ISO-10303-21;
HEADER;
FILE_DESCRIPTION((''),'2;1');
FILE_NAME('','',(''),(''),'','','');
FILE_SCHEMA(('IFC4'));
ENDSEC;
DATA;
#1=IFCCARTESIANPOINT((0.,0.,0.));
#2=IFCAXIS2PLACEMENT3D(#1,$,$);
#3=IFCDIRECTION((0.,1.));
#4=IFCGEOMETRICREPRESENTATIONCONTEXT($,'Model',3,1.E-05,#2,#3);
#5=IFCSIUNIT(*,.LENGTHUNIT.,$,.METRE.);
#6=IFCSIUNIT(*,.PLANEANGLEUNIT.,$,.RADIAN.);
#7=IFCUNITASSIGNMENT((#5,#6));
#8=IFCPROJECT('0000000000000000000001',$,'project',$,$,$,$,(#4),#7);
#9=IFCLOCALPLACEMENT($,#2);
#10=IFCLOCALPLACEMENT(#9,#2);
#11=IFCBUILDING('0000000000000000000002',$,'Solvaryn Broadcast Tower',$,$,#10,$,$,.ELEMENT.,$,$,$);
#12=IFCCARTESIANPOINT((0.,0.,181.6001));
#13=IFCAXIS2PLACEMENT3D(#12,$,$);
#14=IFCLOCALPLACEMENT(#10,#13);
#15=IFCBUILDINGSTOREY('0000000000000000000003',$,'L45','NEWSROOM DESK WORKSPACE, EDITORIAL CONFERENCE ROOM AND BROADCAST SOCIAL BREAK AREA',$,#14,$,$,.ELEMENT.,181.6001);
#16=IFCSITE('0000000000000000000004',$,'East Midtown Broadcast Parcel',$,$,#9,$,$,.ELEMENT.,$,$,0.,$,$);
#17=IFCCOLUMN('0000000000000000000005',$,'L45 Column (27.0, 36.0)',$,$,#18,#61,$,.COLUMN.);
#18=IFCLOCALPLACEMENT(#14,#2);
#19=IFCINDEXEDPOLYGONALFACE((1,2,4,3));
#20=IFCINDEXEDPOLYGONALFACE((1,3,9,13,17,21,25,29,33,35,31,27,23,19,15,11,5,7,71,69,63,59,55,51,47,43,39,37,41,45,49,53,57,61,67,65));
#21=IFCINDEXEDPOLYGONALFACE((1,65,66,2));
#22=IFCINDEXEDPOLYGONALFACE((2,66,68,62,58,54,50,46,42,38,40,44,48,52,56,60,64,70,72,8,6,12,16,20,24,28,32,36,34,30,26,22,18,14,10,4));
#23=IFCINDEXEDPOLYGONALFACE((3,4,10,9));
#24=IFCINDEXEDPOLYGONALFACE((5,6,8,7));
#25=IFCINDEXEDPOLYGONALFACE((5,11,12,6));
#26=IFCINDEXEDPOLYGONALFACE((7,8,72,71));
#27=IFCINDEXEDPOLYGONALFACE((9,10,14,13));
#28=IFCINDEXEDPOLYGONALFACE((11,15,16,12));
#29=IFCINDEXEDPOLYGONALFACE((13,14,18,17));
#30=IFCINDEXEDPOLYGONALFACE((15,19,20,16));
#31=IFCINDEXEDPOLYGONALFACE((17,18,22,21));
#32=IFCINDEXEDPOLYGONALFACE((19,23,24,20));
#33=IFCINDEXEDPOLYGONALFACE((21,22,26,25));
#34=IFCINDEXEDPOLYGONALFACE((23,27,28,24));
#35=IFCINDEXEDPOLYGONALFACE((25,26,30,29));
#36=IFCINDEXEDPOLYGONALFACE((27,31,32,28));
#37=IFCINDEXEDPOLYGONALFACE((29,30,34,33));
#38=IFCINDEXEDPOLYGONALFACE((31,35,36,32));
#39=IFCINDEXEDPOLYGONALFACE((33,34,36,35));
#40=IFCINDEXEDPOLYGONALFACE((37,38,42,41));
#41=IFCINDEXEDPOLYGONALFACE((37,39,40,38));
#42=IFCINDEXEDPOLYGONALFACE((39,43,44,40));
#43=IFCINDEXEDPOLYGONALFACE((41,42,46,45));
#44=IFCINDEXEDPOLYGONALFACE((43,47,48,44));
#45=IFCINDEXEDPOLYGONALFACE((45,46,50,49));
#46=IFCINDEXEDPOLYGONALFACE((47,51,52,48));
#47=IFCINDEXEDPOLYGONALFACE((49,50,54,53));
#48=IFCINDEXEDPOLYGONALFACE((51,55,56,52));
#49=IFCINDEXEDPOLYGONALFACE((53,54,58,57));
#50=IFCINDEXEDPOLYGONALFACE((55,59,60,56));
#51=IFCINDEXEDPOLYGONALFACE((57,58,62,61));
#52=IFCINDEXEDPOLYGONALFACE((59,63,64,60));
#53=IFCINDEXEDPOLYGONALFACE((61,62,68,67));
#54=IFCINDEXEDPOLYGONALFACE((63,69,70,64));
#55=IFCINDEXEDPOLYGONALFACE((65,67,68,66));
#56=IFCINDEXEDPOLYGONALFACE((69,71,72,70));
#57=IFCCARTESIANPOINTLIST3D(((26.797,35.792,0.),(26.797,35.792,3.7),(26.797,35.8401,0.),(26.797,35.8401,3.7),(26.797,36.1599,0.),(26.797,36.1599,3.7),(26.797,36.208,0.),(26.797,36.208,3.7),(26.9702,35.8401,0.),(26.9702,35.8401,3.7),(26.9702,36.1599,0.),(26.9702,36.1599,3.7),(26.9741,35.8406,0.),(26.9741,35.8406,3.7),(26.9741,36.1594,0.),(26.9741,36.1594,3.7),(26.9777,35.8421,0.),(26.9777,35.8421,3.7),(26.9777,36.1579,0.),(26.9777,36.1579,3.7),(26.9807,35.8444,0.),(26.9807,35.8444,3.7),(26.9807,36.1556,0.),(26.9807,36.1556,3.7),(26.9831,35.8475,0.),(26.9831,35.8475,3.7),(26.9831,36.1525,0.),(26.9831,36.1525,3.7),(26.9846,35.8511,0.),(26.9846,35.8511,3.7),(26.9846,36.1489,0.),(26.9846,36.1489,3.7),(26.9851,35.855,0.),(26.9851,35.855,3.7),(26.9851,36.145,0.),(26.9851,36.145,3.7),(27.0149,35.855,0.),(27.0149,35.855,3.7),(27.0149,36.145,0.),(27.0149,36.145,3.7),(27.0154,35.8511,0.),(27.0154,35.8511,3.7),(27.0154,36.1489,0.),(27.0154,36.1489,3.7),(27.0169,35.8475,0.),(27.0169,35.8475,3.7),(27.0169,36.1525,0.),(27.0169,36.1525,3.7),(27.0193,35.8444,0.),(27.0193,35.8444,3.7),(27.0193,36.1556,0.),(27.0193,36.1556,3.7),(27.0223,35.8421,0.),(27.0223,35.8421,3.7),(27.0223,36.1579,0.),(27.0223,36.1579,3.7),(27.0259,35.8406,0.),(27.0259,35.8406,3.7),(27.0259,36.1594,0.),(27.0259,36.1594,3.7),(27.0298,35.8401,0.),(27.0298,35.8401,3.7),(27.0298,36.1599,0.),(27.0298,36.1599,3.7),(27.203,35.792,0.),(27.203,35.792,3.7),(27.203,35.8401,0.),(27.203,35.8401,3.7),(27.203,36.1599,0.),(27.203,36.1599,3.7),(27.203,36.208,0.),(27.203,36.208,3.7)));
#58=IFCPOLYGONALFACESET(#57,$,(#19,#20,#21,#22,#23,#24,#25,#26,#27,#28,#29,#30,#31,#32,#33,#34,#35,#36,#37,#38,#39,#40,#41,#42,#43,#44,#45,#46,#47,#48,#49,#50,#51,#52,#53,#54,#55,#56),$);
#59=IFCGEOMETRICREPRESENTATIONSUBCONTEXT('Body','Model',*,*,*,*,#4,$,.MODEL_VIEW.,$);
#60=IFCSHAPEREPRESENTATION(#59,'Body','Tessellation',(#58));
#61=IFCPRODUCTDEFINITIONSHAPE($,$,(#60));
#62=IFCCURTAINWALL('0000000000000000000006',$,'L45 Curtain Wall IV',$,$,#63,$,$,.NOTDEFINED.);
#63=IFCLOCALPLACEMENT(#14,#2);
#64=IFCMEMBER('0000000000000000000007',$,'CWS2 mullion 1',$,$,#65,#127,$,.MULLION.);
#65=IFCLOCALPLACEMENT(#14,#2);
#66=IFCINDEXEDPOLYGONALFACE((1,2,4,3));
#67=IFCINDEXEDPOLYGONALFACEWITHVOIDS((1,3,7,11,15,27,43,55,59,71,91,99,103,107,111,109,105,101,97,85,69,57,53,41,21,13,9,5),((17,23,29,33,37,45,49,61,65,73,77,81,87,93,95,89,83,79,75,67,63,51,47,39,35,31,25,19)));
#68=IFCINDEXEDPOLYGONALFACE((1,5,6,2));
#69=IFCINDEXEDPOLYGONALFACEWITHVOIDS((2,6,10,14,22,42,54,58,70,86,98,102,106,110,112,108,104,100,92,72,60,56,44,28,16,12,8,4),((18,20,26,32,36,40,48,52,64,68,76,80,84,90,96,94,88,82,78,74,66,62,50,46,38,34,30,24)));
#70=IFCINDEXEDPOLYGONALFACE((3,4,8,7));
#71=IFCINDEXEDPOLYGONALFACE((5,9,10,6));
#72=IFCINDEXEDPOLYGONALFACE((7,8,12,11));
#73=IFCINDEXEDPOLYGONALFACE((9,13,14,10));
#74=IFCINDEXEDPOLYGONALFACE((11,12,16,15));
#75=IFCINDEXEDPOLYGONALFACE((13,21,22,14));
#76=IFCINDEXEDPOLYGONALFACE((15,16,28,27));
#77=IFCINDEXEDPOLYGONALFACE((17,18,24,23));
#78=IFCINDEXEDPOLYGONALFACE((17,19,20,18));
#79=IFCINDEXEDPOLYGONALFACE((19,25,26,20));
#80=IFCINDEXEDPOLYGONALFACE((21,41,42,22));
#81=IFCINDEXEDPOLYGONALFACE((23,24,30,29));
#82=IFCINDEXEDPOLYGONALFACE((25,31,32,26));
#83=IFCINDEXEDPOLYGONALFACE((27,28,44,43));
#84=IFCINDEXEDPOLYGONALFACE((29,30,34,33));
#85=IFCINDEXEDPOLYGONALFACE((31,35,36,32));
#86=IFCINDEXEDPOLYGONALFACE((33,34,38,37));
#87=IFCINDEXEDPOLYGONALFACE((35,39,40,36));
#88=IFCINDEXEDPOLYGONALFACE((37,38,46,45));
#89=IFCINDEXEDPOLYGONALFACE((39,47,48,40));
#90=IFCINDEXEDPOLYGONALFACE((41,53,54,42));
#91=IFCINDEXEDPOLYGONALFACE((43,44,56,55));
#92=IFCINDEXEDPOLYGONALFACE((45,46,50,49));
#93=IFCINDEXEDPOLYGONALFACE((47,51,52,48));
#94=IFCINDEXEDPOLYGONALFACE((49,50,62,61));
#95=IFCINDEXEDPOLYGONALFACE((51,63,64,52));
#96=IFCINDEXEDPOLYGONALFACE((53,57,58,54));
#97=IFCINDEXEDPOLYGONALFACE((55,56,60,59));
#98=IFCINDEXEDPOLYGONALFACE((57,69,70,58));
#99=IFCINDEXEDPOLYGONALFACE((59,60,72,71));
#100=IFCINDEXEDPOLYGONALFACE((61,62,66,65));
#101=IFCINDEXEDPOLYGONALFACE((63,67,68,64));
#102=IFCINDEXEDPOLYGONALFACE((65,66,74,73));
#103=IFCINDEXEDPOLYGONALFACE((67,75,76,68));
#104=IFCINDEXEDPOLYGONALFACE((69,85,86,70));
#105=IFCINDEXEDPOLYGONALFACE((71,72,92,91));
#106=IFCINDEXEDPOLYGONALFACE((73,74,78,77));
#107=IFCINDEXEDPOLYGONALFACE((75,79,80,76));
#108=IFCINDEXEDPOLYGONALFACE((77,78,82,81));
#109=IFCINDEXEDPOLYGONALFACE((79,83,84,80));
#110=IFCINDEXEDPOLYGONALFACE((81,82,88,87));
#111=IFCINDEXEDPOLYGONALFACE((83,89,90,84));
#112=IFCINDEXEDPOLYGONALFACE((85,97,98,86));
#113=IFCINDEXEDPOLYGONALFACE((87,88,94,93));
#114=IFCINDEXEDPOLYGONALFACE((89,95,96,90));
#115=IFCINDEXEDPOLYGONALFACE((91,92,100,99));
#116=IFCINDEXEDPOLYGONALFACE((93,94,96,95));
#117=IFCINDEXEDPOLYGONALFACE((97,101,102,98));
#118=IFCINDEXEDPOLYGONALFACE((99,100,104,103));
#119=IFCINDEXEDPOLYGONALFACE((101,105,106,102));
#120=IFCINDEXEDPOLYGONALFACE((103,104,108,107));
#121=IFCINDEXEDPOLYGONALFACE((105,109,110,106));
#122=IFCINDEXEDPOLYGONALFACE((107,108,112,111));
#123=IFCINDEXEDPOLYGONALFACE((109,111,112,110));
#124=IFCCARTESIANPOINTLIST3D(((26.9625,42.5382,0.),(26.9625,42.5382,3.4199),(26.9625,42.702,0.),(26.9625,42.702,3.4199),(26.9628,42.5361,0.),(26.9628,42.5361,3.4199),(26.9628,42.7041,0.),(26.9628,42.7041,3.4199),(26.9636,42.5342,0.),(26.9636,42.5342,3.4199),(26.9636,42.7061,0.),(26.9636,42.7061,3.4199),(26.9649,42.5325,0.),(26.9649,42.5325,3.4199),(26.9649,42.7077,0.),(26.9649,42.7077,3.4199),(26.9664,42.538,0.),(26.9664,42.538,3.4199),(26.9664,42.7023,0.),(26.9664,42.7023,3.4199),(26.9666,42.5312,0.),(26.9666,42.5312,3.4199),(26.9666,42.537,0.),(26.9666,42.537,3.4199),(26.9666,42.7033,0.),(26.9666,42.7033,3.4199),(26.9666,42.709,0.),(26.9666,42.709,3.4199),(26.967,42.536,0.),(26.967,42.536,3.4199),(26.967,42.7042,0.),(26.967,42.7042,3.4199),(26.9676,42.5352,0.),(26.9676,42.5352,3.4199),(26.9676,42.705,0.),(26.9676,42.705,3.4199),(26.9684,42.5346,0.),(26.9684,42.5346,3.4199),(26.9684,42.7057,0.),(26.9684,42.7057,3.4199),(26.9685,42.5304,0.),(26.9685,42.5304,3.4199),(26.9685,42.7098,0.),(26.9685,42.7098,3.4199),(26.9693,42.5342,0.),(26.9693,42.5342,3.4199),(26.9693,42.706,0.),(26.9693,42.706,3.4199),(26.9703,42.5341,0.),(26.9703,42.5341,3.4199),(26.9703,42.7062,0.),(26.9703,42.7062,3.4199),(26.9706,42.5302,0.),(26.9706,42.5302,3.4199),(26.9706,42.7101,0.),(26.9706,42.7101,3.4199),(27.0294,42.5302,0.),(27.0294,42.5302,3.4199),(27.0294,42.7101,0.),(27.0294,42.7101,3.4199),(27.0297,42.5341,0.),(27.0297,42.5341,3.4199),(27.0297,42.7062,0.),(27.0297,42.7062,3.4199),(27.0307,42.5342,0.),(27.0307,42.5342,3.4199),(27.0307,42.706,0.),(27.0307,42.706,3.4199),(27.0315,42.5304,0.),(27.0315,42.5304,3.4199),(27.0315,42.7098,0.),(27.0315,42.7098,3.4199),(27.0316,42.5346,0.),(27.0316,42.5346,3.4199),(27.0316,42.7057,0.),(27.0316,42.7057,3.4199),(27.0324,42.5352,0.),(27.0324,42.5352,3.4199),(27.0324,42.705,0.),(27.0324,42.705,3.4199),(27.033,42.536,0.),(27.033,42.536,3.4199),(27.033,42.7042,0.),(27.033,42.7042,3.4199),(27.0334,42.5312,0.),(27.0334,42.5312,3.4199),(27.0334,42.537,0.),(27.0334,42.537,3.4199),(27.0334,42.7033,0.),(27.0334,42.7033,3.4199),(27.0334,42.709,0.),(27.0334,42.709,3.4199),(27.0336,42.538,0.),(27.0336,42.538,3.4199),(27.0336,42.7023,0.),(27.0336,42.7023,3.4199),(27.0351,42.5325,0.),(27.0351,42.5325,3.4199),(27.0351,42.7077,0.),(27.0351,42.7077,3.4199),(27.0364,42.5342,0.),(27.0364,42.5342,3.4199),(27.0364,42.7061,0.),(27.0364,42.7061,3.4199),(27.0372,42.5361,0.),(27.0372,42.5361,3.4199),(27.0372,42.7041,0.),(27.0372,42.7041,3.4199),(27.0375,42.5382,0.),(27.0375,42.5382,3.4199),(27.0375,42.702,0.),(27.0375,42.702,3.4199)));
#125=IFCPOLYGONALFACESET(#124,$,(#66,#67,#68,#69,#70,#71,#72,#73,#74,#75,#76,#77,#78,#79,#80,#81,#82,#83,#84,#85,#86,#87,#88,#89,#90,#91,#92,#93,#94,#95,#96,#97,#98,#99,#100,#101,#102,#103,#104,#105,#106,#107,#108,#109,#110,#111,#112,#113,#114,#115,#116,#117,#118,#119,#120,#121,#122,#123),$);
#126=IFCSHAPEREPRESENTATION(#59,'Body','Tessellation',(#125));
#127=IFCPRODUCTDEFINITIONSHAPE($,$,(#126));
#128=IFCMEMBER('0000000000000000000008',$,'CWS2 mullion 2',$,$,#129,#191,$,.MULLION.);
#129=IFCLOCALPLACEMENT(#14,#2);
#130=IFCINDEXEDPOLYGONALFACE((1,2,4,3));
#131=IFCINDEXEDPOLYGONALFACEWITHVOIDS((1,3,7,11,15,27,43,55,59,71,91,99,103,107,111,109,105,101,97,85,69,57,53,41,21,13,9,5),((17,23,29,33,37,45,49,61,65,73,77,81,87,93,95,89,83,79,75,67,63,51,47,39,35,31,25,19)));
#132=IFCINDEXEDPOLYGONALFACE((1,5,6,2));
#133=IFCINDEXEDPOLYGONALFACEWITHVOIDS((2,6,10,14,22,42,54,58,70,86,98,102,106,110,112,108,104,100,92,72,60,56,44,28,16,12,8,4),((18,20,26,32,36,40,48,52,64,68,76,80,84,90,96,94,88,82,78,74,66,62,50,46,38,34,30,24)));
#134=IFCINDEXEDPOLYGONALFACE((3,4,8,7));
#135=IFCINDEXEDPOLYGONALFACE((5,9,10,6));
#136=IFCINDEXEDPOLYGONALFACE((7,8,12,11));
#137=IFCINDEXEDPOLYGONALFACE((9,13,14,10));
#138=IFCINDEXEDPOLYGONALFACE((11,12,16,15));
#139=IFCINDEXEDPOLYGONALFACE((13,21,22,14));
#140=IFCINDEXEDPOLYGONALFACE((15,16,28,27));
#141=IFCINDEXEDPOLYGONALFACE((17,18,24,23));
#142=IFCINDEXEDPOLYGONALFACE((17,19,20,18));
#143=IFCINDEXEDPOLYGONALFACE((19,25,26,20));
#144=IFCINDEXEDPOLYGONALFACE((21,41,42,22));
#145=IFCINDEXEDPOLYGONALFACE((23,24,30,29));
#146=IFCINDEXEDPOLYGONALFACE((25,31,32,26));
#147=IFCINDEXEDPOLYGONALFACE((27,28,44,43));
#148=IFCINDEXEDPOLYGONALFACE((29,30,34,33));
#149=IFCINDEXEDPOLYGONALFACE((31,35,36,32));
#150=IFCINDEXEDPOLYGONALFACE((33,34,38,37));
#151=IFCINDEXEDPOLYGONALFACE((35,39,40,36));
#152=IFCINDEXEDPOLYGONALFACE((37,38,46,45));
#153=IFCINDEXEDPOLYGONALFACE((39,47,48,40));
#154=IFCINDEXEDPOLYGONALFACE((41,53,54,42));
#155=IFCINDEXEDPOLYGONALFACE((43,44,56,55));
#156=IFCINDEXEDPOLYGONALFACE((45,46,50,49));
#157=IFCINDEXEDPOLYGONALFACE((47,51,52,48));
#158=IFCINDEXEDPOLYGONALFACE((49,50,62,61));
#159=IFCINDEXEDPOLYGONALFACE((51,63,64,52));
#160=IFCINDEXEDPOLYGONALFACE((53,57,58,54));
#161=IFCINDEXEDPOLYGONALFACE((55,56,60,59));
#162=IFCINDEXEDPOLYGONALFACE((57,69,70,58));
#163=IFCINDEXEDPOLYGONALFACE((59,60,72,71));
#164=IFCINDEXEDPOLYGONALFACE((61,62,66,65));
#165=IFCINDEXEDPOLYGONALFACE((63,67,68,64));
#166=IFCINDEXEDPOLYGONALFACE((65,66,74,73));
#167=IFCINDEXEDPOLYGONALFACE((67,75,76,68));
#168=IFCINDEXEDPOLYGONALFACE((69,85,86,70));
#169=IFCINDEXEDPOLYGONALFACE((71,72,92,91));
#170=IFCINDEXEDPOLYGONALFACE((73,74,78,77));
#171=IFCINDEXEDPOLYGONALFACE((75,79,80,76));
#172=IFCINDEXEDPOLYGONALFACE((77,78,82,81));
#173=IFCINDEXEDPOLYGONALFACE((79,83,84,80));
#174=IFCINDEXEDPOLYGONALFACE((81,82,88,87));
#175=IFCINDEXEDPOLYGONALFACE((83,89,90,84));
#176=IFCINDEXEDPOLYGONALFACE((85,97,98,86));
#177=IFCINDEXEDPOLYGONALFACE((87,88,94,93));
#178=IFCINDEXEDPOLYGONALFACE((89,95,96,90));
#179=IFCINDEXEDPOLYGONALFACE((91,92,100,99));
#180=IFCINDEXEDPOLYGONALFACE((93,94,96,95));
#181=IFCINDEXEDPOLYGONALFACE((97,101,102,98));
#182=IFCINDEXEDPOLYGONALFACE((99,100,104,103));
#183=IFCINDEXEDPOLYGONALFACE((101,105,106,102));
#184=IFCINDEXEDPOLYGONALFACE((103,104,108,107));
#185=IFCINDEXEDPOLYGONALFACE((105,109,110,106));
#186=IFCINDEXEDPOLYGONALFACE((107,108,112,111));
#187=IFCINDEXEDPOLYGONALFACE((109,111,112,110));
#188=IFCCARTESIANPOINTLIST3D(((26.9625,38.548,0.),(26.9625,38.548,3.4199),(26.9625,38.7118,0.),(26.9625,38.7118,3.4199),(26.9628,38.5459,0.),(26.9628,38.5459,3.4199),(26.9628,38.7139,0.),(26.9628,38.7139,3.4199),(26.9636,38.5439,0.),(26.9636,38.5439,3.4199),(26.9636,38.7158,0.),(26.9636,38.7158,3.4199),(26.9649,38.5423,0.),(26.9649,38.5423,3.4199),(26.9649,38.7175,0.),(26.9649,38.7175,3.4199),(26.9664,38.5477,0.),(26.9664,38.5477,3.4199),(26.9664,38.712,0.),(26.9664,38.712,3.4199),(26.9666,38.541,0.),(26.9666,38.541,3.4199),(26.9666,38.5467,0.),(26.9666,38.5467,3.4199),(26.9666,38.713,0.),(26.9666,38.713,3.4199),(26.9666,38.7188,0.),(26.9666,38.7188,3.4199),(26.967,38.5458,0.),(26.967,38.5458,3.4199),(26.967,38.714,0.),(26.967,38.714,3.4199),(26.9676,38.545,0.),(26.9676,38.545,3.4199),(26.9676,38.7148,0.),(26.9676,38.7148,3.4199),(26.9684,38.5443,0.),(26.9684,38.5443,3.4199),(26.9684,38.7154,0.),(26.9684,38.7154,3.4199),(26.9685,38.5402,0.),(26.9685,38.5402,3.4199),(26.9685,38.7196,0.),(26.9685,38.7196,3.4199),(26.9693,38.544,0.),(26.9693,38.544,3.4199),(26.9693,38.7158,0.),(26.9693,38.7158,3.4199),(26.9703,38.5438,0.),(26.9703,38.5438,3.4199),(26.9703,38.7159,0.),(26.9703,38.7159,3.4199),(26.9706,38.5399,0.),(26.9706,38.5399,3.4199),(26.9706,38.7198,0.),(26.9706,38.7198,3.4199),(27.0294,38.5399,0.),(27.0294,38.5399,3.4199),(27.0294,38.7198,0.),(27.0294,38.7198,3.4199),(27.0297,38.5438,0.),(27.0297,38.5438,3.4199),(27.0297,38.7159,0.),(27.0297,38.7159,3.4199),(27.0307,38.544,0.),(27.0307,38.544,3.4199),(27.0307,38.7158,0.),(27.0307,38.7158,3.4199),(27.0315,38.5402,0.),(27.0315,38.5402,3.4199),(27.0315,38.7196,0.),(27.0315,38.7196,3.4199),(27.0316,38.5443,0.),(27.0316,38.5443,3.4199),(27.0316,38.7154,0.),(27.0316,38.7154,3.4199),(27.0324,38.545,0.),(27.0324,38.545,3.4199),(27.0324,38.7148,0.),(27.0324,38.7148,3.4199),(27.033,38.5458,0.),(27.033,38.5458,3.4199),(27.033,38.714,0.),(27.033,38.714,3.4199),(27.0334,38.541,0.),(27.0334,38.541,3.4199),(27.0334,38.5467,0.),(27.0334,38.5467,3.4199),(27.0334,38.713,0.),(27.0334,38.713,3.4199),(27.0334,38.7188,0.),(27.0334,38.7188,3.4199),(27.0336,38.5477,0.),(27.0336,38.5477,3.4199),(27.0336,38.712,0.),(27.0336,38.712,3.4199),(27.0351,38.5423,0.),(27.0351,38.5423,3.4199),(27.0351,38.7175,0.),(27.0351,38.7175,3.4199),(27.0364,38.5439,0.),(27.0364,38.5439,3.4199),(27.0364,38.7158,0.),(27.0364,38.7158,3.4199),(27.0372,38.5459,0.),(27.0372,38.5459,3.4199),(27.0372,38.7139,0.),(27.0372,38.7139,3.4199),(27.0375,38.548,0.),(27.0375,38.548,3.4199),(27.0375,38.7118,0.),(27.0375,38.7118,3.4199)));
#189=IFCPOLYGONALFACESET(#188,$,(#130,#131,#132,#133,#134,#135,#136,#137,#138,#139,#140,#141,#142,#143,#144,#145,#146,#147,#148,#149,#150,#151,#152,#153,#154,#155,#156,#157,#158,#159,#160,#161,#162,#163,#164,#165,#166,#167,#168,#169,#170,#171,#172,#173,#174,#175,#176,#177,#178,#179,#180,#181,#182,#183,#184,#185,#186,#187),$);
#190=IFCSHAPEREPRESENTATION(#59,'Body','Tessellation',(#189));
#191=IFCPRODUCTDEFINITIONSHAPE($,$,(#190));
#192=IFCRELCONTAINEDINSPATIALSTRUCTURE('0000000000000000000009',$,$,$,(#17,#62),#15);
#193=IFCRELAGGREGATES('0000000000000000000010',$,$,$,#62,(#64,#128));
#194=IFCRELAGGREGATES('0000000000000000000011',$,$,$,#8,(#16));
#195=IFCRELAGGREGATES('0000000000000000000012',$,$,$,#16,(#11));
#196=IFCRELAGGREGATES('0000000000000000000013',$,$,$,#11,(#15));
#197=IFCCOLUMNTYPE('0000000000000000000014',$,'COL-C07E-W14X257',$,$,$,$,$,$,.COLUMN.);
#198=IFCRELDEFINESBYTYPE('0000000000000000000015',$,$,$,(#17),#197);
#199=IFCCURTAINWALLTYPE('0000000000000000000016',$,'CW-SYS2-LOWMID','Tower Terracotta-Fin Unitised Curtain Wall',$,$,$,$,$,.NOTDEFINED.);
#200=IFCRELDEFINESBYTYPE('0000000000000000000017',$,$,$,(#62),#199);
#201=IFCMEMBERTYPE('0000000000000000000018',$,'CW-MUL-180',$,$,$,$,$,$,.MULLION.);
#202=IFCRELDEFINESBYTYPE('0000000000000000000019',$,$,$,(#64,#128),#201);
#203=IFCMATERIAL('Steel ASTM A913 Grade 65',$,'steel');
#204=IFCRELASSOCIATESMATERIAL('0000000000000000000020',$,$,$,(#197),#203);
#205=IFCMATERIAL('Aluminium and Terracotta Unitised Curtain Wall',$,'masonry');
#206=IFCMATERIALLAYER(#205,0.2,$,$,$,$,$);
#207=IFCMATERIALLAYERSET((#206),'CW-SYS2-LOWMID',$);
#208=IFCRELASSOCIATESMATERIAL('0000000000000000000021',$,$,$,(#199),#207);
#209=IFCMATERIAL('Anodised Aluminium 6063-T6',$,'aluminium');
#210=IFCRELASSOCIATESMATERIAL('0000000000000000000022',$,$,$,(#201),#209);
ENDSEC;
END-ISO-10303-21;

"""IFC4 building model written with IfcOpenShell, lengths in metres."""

from ifc_helpers import new_model, si_unit, direction, frame, origin, origin_2d, place, context, subcontext, project, spatial, hollow_rectangle, i_section, extrude, material, layer, layer_set, material_profile, profile_set, type_object, element, aggregate, save


model = new_model("IFC4")

# Units and contexts
model_context = context("Model", 3, precision=1e-05, world=origin(), true_north=direction((0.0, 1.0)))
body_context = subcontext(model_context, "Body", "Model", "MODEL_VIEW")
ifc_project = project(units=[si_unit("LENGTHUNIT", "METRE"), si_unit("PLANEANGLEUNIT", "RADIAN")], contexts=[model_context])

# Site, building, storey
site_placement = place(None, origin())
site = spatial("IfcSite", under=ifc_project, at=site_placement, Name="East Midtown Broadcast Parcel", CompositionType="ELEMENT", RefElevation=0.0)
building_placement = place(site_placement, origin())
building = spatial("IfcBuilding", under=site, at=building_placement, Name="Solvaryn Broadcast Tower", CompositionType="ELEMENT")
storey_placement = place(building_placement, frame((0.0, 0.0, 181.6001)))
storey = spatial("IfcBuildingStorey", under=building, at=storey_placement, Name="L45", Description="NEWSROOM DESK WORKSPACE, EDITORIAL CONFERENCE ROOM AND BROADCAST SOCIAL BREAK AREA", CompositionType="ELEMENT", Elevation=181.6001)

# Column
ifc_material_1 = material(Name="Steel ASTM A913 Grade 65", Category="steel")
ifc_material_profile_1 = material_profile(ifc_material_1, i_section(OverallWidth=0.406, OverallDepth=0.416, WebThickness=0.0298, FlangeThickness=0.0481, FilletRadius=0.0149, at=origin_2d()))
ifc_profile_set_1 = profile_set([ifc_material_profile_1], Name="Steel ASTM A913 Grade 65")
column_type = type_object("IfcColumnType", Name="COL-C07E-W14X257", PredefinedType="COLUMN", material=ifc_profile_set_1)
column_placement = place(storey_placement, frame((27.0, 36.0, 0.0), z_axis=(0.0, 0.0, 1.0), x_axis=(1.0, 0.0, 0.0)))
element("IfcColumn", 1, at=column_placement, inside=storey, type_object=column_type, Name="L45 Column (27.0, 36.0)", PredefinedType="COLUMN", context=body_context, shape_type="SweptSolid", body=[
    extrude(i_section(OverallWidth=0.406, OverallDepth=0.416, WebThickness=0.0298, FlangeThickness=0.0481, FilletRadius=0.0149, at=origin_2d()), origin(), (0.0, 0.0, 1.0), 3.7),
])

# Curtain wall, members
ifc_material_2 = material(Name="Aluminium and Terracotta Unitised Curtain Wall", Category="masonry")
ifc_layer_1 = layer(ifc_material_2, 0.2)
ifc_layer_set_1 = layer_set([ifc_layer_1], Name="CW-SYS2-LOWMID")
curtain_wall_type = type_object("IfcCurtainWallType", Name="CW-SYS2-LOWMID", Description="Tower Terracotta-Fin Unitised Curtain Wall", PredefinedType="NOTDEFINED", material=ifc_layer_set_1)
curtain_wall_1_placement = place(storey_placement, origin())
curtain_wall_1 = element("IfcCurtainWall", 2, at=curtain_wall_1_placement, inside=storey, type_object=curtain_wall_type, Name="L45 Curtain Wall IV", PredefinedType="NOTDEFINED")
ifc_material_3 = material(Name="Anodised Aluminium 6063-T6", Category="aluminium")
ifc_material_profile_2 = material_profile(ifc_material_3, hollow_rectangle(XDim=0.075, YDim=0.1799, WallThickness=0.0039, InnerFilletRadius=0.0039, OuterFilletRadius=0.0081, at=origin_2d()))
ifc_profile_set_2 = profile_set([ifc_material_profile_2], Name="Anodised Aluminium 6063-T6")
member_type_1 = type_object("IfcMemberType", Name="CW-MUL-180", PredefinedType="MULLION", material=ifc_profile_set_2)
member_1_placement = place(storey_placement, frame((27.0, 42.6201, 0.0), z_axis=(0.0, 0.0, 1.0), x_axis=(1.0, 0.0, 0.0)))
member_1 = element("IfcMember", 3, at=member_1_placement, type_object=member_type_1, Name="CWS2 mullion 1", PredefinedType="MULLION", context=body_context, shape_type="SweptSolid", body=[
    extrude(hollow_rectangle(XDim=0.075, YDim=0.1799, WallThickness=0.0039, InnerFilletRadius=0.0039, OuterFilletRadius=0.0081, at=origin_2d()), origin(), (0.0, 0.0, 1.0), 3.4199),
])
member_2_placement = place(storey_placement, frame((27.0, 38.6299, 0.0), z_axis=(0.0, 0.0, 1.0), x_axis=(1.0, 0.0, 0.0)))
member_2 = element("IfcMember", 4, at=member_2_placement, type_object=member_type_1, Name="CWS2 mullion 2", PredefinedType="MULLION", context=body_context, shape_type="SweptSolid", body=[
    extrude(hollow_rectangle(XDim=0.075, YDim=0.1799, WallThickness=0.0039, InnerFilletRadius=0.0039, OuterFilletRadius=0.0081, at=origin_2d()), origin(), (0.0, 0.0, 1.0), 3.4199),
])

aggregate(curtain_wall_1, [member_1, member_2])

save(model, "model.ifc")
